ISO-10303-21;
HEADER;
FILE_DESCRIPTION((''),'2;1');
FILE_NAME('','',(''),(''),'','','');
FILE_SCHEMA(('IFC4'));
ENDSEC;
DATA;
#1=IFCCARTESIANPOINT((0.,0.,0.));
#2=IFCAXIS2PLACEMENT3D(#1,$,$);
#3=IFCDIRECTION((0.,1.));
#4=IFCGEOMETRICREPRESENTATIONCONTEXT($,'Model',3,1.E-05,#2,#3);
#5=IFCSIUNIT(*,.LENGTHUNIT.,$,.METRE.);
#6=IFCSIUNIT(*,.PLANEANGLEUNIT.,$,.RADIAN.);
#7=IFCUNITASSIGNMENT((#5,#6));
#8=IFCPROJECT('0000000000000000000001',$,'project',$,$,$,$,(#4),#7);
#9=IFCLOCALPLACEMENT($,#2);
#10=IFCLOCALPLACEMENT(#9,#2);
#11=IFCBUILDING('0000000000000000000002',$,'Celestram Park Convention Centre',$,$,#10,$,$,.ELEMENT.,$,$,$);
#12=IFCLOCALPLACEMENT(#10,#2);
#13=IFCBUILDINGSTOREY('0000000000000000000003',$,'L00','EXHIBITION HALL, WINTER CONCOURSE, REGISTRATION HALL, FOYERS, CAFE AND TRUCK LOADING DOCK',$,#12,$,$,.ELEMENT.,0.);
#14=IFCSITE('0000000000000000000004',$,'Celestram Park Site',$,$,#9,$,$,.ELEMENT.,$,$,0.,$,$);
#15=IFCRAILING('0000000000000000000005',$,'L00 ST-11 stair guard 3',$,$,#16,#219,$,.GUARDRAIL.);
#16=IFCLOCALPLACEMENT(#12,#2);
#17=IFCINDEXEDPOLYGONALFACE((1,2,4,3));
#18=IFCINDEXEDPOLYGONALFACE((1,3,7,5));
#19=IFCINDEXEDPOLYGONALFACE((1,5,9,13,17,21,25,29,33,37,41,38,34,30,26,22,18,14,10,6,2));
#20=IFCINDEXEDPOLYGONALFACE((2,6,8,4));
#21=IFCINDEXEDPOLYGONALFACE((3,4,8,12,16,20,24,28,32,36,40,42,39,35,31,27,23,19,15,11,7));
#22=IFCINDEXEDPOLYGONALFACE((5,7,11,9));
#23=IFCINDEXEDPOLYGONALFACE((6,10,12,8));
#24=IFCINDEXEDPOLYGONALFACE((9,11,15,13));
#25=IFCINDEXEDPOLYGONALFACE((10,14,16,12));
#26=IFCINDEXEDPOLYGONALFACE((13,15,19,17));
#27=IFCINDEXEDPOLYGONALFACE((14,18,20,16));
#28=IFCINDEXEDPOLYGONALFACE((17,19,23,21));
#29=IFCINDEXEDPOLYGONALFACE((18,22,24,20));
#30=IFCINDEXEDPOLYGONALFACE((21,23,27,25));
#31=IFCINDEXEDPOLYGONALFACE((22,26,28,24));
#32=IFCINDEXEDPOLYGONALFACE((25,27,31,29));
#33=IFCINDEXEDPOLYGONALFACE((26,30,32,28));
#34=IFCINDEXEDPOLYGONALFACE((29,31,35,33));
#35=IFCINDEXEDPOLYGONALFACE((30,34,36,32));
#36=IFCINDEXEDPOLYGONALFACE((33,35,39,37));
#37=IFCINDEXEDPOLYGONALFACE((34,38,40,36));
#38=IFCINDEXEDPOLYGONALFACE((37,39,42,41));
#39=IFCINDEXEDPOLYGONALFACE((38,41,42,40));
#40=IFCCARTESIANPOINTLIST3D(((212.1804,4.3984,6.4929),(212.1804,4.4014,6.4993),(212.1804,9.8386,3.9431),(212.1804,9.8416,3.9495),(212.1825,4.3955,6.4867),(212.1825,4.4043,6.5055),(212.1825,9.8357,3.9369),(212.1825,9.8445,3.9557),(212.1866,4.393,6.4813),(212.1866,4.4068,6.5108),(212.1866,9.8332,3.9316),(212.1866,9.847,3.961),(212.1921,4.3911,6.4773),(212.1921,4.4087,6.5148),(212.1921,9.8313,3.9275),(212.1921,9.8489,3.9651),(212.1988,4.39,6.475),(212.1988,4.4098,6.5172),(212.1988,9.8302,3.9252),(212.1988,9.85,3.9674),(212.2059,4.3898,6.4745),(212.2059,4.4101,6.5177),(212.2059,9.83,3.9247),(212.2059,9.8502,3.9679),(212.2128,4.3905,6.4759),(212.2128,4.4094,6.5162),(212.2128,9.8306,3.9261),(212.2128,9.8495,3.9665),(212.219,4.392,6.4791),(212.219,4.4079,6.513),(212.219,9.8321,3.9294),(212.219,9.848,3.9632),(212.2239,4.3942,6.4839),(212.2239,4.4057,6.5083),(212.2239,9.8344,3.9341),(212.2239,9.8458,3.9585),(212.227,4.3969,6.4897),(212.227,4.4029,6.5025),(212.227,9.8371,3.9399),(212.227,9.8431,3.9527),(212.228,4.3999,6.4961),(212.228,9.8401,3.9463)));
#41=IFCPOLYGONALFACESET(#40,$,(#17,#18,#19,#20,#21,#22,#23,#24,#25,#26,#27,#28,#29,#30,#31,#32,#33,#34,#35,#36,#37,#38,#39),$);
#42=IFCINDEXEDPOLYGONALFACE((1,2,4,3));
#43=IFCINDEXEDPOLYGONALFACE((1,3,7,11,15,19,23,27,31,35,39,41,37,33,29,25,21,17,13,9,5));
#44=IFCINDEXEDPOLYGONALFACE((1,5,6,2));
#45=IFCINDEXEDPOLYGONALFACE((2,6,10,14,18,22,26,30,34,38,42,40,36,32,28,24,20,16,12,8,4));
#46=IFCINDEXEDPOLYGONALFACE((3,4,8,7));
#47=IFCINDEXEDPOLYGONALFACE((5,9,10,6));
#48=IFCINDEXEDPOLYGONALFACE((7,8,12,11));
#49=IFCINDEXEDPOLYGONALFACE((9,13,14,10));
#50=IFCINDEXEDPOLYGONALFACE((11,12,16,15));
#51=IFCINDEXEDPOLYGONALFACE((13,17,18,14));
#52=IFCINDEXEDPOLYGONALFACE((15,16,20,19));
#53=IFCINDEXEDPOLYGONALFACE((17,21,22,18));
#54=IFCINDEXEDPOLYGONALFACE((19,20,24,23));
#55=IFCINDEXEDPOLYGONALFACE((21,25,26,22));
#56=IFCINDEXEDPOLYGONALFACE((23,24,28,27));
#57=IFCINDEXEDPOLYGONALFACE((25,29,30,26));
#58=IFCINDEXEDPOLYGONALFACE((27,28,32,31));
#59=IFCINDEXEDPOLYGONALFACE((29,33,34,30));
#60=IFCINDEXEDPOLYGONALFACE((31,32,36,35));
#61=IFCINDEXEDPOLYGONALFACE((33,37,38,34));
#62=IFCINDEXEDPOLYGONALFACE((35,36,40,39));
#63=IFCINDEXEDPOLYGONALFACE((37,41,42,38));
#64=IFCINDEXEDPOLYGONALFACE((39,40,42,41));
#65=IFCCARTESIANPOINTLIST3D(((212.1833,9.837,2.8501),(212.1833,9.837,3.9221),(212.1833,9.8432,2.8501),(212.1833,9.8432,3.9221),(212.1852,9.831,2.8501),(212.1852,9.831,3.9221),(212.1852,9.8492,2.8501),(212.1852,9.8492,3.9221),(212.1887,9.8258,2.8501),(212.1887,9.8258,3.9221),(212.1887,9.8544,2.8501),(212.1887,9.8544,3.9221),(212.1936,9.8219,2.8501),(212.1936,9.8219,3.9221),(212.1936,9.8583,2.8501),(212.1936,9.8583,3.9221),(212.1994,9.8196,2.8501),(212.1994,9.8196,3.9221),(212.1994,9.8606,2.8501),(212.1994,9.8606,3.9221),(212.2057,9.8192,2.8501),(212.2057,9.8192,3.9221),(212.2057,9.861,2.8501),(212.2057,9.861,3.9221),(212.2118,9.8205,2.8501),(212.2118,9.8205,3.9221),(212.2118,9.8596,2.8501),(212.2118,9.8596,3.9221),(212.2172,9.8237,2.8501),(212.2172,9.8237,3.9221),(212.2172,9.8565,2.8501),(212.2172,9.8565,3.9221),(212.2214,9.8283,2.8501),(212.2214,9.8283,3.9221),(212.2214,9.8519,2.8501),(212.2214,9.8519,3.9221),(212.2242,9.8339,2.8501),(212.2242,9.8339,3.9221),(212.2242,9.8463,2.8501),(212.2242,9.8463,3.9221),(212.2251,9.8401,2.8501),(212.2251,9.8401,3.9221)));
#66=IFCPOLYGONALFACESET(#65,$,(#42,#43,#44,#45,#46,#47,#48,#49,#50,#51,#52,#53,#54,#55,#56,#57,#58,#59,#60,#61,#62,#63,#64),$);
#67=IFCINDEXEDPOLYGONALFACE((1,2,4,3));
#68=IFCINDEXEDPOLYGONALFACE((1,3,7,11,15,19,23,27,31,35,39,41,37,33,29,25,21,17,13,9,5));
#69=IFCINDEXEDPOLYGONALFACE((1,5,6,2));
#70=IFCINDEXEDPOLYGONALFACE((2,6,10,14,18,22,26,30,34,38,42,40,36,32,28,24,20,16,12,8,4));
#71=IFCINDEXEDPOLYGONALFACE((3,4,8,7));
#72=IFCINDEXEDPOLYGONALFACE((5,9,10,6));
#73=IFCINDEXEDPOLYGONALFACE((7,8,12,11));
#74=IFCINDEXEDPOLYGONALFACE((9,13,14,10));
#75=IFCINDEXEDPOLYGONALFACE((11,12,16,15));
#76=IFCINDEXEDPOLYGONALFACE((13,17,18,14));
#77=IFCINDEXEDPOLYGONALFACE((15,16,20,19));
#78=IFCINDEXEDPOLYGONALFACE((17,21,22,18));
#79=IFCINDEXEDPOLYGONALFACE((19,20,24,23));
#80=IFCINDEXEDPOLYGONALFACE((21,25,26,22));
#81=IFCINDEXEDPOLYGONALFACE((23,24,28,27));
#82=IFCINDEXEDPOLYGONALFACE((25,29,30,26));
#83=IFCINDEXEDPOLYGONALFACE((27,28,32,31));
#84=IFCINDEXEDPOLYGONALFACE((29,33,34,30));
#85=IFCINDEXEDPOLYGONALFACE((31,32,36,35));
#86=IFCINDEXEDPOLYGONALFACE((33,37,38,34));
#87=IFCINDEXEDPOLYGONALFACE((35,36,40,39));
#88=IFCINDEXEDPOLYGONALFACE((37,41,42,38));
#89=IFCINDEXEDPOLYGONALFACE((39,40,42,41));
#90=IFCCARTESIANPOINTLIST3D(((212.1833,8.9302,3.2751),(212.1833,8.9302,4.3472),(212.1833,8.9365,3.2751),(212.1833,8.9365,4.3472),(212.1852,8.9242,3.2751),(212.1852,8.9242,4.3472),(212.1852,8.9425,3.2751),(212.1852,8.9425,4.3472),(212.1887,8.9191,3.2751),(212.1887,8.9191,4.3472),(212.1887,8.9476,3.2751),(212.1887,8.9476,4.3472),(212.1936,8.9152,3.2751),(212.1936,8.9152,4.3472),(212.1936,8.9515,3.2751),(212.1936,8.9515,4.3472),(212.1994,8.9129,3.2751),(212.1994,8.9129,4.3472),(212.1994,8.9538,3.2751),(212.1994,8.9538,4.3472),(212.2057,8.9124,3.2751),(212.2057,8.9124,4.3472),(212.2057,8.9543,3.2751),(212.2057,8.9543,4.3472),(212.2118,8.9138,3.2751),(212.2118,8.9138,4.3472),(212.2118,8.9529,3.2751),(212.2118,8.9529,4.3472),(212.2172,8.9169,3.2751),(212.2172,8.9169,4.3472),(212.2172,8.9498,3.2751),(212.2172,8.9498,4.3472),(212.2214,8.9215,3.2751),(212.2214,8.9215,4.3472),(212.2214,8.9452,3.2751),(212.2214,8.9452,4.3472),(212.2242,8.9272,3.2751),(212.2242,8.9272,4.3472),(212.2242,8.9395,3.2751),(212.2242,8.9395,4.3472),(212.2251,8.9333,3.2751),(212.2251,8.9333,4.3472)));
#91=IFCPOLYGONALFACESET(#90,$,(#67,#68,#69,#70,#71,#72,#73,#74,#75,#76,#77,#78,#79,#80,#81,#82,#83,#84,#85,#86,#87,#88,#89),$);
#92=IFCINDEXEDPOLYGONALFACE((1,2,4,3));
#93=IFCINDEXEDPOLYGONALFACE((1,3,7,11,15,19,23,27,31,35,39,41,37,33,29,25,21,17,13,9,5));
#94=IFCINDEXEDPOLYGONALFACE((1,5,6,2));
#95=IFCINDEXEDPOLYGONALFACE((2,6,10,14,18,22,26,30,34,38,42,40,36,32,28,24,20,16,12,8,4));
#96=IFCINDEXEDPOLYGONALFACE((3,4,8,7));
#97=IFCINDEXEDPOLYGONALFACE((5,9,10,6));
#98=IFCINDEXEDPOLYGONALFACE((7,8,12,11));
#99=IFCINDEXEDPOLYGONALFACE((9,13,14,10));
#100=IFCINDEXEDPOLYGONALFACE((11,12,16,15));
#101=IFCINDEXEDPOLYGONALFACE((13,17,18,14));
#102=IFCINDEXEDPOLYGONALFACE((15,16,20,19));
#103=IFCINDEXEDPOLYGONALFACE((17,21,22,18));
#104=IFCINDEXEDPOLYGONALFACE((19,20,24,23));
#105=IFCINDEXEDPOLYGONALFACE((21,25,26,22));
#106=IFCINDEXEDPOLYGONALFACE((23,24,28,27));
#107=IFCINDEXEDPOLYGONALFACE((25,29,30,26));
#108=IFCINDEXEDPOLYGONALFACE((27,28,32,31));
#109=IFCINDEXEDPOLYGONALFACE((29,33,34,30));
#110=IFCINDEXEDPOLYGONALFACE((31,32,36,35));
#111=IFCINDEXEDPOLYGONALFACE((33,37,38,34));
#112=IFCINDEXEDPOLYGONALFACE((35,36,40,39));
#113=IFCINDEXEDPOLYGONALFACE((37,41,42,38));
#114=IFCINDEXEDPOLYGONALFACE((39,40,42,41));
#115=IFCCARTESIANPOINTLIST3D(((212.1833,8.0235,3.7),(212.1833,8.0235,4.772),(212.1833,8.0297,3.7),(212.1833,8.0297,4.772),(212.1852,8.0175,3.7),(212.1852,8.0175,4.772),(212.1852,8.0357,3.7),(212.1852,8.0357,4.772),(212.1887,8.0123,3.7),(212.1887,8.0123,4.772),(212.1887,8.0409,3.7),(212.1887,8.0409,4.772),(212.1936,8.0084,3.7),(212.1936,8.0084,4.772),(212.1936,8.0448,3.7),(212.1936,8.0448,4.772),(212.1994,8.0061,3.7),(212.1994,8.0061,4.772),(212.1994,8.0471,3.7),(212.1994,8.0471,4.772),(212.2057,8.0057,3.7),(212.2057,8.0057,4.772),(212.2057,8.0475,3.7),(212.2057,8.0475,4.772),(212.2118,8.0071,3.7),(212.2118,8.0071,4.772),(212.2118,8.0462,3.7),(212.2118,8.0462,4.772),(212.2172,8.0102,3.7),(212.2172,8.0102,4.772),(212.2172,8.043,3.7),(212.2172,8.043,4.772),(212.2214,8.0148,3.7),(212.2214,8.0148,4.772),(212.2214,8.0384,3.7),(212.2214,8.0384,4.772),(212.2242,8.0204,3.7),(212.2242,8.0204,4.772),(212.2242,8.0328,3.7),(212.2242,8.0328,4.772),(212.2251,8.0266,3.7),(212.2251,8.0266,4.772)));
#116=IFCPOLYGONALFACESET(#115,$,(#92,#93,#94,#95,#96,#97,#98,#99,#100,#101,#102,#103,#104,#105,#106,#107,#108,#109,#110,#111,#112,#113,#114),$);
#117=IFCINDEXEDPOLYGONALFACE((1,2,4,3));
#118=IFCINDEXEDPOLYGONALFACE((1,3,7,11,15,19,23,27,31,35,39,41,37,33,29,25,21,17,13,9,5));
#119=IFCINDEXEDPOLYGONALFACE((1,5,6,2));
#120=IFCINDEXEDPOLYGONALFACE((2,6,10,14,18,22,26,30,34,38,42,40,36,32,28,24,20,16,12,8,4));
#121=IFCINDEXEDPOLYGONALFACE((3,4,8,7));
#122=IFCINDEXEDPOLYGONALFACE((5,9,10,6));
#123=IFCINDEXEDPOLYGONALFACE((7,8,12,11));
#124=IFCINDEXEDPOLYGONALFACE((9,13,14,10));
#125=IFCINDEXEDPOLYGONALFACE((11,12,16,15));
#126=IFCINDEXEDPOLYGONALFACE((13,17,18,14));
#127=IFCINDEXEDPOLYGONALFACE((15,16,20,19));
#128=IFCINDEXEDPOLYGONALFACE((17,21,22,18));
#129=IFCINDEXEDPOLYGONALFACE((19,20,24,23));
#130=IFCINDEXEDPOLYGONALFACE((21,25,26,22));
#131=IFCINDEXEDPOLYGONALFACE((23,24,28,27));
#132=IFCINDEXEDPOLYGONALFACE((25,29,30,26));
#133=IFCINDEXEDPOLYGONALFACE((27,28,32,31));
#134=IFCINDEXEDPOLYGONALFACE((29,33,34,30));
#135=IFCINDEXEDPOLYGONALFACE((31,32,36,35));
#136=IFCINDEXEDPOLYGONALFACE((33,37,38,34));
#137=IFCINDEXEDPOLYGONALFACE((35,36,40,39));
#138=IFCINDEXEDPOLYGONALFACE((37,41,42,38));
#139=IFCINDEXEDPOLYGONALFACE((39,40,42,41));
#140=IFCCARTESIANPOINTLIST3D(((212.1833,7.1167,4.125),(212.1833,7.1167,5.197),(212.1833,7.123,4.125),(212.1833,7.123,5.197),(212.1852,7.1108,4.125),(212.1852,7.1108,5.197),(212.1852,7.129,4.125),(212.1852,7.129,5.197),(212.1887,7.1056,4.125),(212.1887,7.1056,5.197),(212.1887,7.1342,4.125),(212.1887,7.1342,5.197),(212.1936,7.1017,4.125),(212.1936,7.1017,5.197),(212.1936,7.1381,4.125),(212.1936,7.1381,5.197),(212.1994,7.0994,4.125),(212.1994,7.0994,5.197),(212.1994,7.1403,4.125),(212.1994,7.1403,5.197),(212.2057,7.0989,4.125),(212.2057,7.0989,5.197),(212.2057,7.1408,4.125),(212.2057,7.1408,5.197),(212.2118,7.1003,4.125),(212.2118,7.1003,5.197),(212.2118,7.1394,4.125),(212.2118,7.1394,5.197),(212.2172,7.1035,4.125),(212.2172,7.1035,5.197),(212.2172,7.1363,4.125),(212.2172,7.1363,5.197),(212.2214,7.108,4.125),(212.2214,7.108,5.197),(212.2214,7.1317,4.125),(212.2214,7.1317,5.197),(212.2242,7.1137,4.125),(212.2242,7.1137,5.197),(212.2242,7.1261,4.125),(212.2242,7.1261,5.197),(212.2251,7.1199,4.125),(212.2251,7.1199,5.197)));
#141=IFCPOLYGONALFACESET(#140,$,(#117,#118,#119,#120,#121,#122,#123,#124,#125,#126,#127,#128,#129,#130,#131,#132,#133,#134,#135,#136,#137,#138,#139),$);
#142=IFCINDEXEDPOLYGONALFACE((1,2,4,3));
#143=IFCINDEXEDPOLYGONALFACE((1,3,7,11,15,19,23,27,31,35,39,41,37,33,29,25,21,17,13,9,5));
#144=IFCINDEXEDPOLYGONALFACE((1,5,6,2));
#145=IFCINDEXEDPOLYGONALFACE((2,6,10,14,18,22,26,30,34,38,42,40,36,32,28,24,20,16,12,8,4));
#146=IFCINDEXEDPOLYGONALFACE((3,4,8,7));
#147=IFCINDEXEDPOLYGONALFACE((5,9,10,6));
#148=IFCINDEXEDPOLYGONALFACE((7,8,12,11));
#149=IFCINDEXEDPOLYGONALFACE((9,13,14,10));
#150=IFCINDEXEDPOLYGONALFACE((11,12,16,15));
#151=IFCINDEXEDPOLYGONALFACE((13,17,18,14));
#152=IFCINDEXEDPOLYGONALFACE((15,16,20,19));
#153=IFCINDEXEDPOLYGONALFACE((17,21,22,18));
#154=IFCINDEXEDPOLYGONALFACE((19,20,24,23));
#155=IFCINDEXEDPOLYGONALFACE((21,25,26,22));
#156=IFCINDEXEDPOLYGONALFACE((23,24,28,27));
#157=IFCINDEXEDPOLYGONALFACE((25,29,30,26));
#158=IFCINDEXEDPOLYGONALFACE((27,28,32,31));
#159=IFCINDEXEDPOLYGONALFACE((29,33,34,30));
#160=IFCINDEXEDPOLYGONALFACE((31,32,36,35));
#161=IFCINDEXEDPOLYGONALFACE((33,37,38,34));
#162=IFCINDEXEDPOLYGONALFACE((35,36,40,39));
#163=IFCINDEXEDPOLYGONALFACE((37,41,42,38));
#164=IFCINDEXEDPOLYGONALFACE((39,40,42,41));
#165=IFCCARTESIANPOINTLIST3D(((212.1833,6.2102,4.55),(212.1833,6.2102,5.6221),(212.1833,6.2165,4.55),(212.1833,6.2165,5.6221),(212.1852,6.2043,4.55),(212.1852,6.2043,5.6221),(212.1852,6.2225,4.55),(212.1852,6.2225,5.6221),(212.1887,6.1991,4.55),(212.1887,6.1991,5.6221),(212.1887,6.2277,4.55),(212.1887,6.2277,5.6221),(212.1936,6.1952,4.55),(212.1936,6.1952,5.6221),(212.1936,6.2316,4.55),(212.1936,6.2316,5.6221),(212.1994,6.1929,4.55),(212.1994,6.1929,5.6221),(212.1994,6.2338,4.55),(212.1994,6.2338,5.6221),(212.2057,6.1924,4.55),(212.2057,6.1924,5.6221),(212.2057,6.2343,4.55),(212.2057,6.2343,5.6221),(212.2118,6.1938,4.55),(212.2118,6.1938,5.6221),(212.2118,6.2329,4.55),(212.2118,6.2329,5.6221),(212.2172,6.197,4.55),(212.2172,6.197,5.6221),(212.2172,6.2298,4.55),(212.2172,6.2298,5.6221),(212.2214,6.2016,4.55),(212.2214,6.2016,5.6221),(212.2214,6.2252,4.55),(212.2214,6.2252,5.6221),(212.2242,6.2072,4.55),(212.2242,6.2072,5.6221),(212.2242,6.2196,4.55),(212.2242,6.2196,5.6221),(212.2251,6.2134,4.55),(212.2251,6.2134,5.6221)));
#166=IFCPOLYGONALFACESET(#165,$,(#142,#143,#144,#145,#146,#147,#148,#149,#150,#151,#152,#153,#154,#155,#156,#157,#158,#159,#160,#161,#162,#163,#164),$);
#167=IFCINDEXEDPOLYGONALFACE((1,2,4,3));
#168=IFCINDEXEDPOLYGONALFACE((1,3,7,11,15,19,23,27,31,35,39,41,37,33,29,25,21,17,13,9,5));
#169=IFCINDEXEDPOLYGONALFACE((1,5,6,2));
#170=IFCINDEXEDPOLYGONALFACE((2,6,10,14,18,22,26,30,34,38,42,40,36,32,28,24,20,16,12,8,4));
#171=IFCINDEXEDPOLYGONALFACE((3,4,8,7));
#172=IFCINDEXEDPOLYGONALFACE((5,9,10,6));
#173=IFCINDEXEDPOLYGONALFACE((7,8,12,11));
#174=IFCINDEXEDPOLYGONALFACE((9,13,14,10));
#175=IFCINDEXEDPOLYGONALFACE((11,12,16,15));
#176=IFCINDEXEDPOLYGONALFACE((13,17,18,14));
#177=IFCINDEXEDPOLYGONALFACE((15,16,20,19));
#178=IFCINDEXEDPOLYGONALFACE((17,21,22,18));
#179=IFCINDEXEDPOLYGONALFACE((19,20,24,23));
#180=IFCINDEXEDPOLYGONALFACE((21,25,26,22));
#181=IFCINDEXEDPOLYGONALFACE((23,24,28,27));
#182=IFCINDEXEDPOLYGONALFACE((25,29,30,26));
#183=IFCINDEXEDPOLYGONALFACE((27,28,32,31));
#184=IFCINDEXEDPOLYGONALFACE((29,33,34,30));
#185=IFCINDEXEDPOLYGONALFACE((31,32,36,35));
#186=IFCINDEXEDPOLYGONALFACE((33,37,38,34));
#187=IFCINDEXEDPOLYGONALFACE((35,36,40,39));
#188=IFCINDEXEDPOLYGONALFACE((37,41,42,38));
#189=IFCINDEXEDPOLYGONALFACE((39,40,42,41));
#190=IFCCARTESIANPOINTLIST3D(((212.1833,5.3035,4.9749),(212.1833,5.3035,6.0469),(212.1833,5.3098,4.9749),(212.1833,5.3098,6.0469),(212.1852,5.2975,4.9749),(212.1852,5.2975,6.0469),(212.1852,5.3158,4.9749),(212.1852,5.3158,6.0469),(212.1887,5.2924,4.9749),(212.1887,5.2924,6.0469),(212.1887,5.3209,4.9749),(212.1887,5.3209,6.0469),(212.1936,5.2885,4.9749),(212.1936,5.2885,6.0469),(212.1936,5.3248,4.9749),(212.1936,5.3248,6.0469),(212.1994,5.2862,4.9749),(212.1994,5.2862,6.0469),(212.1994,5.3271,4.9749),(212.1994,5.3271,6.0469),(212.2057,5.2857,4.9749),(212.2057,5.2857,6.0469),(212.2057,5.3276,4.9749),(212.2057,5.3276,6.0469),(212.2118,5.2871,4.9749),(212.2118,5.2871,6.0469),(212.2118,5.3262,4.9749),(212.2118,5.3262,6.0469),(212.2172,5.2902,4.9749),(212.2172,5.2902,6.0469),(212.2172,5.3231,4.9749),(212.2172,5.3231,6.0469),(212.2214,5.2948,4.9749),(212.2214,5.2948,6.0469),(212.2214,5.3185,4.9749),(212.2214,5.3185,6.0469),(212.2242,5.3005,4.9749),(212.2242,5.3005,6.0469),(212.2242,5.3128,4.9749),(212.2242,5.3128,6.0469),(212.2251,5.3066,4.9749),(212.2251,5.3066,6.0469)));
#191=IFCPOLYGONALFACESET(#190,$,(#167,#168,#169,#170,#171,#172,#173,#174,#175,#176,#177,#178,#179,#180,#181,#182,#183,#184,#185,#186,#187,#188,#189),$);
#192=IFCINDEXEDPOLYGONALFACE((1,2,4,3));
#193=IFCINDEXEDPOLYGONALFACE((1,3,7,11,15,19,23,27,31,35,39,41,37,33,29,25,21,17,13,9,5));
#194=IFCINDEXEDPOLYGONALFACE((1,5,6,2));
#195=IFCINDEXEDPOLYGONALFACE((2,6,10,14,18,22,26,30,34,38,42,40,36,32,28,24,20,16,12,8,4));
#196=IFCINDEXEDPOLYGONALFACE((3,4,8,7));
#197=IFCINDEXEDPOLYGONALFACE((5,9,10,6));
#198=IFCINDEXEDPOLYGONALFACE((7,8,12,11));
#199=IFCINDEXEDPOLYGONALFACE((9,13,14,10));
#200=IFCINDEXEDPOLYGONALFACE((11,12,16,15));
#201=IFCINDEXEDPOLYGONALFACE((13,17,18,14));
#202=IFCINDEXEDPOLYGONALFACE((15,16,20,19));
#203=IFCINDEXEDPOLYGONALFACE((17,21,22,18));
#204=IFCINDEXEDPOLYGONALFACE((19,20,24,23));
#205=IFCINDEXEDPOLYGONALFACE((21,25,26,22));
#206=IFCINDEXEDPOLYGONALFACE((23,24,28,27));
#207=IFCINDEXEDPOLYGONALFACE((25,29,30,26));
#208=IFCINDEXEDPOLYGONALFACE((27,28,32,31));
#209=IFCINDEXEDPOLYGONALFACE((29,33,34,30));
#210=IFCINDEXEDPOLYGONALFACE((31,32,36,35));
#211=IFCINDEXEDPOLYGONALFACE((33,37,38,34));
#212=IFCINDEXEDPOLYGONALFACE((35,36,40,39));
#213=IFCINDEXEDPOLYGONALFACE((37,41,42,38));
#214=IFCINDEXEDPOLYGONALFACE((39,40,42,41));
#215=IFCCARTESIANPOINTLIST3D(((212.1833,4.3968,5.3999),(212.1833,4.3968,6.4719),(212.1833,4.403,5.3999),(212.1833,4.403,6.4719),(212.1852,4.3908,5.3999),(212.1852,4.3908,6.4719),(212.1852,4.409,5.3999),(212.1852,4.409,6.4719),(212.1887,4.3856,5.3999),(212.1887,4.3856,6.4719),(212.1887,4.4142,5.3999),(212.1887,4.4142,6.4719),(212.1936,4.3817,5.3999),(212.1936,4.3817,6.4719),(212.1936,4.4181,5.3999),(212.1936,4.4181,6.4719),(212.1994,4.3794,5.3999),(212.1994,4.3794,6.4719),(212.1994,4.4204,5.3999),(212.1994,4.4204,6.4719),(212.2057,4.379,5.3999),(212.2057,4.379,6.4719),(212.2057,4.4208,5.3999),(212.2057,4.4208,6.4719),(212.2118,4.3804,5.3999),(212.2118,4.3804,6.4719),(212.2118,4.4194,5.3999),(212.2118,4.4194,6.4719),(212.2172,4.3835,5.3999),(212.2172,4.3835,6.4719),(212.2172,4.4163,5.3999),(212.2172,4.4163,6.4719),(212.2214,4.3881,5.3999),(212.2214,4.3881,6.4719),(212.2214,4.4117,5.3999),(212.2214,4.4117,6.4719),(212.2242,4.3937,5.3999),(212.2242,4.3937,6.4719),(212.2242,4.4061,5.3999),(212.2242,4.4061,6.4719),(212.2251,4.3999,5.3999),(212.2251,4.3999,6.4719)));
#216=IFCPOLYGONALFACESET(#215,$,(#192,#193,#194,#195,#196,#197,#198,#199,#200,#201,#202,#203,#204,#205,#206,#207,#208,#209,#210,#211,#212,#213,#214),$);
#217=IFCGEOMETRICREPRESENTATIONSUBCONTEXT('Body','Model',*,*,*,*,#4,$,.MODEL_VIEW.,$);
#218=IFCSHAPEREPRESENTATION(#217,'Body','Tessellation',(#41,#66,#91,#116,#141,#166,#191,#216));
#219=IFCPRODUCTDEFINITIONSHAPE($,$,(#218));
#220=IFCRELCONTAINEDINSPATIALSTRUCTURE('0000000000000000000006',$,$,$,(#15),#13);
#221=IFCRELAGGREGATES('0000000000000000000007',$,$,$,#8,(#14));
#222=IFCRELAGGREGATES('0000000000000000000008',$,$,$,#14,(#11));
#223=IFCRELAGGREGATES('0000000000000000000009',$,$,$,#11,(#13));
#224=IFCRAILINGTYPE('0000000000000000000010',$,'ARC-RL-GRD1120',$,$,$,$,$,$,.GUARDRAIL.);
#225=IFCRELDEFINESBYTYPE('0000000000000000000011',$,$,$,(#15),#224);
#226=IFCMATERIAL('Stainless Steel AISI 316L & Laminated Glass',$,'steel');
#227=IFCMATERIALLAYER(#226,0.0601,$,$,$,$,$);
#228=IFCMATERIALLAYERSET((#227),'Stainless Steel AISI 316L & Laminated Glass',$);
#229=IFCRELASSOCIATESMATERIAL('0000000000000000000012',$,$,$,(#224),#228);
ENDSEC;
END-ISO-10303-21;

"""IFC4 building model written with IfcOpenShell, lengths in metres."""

from ifc_helpers import new_model, si_unit, direction, frame, origin, origin_2d, place, context, subcontext, project, spatial, circle, extrude, material, layer, layer_set, type_object, element, save


model = new_model("IFC4")

# Units and contexts
model_context = context("Model", 3, precision=1e-05, world=origin(), true_north=direction((0.0, 1.0)))
body_context = subcontext(model_context, "Body", "Model", "MODEL_VIEW")
ifc_project = project(units=[si_unit("LENGTHUNIT", "METRE"), si_unit("PLANEANGLEUNIT", "RADIAN")], contexts=[model_context])

# Site, building, storey
site_placement = place(None, origin())
site = spatial("IfcSite", under=ifc_project, at=site_placement, Name="Celestram Park Site", CompositionType="ELEMENT", RefElevation=0.0)
building_placement = place(site_placement, origin())
building = spatial("IfcBuilding", under=site, at=building_placement, Name="Celestram Park Convention Centre", CompositionType="ELEMENT")
storey_placement = place(building_placement, origin())
storey = spatial("IfcBuildingStorey", under=building, at=storey_placement, Name="L00", Description="EXHIBITION HALL, WINTER CONCOURSE, REGISTRATION HALL, FOYERS, CAFE AND TRUCK LOADING DOCK", CompositionType="ELEMENT", Elevation=0.0)

# Railing
ifc_material_1 = material(Name="Stainless Steel AISI 316L & Laminated Glass", Category="steel")
ifc_layer_1 = layer(ifc_material_1, 0.0601)
ifc_layer_set_1 = layer_set([ifc_layer_1], Name="Stainless Steel AISI 316L & Laminated Glass")
railing_type = type_object("IfcRailingType", Name="ARC-RL-GRD1120", PredefinedType="GUARDRAIL", material=ifc_layer_set_1)
railing_1_placement = place(storey_placement, frame((212.2041, 9.8401, 2.8501)))
element("IfcRailing", 1, at=railing_1_placement, inside=storey, type_object=railing_type, Name="L00 ST-11 stair guard 3", PredefinedType="GUARDRAIL", context=body_context, shape_type="SweptSolid", body=[
    extrude(circle(Radius=0.0239, at=origin_2d()), frame((0.0, 0.0, 1.0962), z_axis=(0.0, -0.905477, 0.424395), x_axis=(1.0, 0.0, 0.0)), (0.0, 0.0, 1.0), 6.0081),
    extrude(circle(Radius=0.021, at=origin_2d()), origin(), (0.0, 0.0, 1.0), 1.072),
    extrude(circle(Radius=0.021, at=origin_2d()), frame((0.0, -0.9067, 0.425)), (0.0, 0.0, 1.0), 1.072),
    extrude(circle(Radius=0.021, at=origin_2d()), frame((0.0, -1.8135, 0.8499)), (0.0, 0.0, 1.0), 1.072),
    extrude(circle(Radius=0.021, at=origin_2d()), frame((0.0, -2.7202, 1.2749)), (0.0, 0.0, 1.0), 1.072),
    extrude(circle(Radius=0.021, at=origin_2d()), frame((0.0, -3.6267, 1.7)), (0.0, 0.0, 1.0), 1.072),
    extrude(circle(Radius=0.021, at=origin_2d()), frame((0.0, -4.5334, 2.1248)), (0.0, 0.0, 1.0), 1.072),
    extrude(circle(Radius=0.021, at=origin_2d()), frame((0.0, -5.4402, 2.5498)), (0.0, 0.0, 1.0), 1.072),
])

save(model, "model.ifc")
